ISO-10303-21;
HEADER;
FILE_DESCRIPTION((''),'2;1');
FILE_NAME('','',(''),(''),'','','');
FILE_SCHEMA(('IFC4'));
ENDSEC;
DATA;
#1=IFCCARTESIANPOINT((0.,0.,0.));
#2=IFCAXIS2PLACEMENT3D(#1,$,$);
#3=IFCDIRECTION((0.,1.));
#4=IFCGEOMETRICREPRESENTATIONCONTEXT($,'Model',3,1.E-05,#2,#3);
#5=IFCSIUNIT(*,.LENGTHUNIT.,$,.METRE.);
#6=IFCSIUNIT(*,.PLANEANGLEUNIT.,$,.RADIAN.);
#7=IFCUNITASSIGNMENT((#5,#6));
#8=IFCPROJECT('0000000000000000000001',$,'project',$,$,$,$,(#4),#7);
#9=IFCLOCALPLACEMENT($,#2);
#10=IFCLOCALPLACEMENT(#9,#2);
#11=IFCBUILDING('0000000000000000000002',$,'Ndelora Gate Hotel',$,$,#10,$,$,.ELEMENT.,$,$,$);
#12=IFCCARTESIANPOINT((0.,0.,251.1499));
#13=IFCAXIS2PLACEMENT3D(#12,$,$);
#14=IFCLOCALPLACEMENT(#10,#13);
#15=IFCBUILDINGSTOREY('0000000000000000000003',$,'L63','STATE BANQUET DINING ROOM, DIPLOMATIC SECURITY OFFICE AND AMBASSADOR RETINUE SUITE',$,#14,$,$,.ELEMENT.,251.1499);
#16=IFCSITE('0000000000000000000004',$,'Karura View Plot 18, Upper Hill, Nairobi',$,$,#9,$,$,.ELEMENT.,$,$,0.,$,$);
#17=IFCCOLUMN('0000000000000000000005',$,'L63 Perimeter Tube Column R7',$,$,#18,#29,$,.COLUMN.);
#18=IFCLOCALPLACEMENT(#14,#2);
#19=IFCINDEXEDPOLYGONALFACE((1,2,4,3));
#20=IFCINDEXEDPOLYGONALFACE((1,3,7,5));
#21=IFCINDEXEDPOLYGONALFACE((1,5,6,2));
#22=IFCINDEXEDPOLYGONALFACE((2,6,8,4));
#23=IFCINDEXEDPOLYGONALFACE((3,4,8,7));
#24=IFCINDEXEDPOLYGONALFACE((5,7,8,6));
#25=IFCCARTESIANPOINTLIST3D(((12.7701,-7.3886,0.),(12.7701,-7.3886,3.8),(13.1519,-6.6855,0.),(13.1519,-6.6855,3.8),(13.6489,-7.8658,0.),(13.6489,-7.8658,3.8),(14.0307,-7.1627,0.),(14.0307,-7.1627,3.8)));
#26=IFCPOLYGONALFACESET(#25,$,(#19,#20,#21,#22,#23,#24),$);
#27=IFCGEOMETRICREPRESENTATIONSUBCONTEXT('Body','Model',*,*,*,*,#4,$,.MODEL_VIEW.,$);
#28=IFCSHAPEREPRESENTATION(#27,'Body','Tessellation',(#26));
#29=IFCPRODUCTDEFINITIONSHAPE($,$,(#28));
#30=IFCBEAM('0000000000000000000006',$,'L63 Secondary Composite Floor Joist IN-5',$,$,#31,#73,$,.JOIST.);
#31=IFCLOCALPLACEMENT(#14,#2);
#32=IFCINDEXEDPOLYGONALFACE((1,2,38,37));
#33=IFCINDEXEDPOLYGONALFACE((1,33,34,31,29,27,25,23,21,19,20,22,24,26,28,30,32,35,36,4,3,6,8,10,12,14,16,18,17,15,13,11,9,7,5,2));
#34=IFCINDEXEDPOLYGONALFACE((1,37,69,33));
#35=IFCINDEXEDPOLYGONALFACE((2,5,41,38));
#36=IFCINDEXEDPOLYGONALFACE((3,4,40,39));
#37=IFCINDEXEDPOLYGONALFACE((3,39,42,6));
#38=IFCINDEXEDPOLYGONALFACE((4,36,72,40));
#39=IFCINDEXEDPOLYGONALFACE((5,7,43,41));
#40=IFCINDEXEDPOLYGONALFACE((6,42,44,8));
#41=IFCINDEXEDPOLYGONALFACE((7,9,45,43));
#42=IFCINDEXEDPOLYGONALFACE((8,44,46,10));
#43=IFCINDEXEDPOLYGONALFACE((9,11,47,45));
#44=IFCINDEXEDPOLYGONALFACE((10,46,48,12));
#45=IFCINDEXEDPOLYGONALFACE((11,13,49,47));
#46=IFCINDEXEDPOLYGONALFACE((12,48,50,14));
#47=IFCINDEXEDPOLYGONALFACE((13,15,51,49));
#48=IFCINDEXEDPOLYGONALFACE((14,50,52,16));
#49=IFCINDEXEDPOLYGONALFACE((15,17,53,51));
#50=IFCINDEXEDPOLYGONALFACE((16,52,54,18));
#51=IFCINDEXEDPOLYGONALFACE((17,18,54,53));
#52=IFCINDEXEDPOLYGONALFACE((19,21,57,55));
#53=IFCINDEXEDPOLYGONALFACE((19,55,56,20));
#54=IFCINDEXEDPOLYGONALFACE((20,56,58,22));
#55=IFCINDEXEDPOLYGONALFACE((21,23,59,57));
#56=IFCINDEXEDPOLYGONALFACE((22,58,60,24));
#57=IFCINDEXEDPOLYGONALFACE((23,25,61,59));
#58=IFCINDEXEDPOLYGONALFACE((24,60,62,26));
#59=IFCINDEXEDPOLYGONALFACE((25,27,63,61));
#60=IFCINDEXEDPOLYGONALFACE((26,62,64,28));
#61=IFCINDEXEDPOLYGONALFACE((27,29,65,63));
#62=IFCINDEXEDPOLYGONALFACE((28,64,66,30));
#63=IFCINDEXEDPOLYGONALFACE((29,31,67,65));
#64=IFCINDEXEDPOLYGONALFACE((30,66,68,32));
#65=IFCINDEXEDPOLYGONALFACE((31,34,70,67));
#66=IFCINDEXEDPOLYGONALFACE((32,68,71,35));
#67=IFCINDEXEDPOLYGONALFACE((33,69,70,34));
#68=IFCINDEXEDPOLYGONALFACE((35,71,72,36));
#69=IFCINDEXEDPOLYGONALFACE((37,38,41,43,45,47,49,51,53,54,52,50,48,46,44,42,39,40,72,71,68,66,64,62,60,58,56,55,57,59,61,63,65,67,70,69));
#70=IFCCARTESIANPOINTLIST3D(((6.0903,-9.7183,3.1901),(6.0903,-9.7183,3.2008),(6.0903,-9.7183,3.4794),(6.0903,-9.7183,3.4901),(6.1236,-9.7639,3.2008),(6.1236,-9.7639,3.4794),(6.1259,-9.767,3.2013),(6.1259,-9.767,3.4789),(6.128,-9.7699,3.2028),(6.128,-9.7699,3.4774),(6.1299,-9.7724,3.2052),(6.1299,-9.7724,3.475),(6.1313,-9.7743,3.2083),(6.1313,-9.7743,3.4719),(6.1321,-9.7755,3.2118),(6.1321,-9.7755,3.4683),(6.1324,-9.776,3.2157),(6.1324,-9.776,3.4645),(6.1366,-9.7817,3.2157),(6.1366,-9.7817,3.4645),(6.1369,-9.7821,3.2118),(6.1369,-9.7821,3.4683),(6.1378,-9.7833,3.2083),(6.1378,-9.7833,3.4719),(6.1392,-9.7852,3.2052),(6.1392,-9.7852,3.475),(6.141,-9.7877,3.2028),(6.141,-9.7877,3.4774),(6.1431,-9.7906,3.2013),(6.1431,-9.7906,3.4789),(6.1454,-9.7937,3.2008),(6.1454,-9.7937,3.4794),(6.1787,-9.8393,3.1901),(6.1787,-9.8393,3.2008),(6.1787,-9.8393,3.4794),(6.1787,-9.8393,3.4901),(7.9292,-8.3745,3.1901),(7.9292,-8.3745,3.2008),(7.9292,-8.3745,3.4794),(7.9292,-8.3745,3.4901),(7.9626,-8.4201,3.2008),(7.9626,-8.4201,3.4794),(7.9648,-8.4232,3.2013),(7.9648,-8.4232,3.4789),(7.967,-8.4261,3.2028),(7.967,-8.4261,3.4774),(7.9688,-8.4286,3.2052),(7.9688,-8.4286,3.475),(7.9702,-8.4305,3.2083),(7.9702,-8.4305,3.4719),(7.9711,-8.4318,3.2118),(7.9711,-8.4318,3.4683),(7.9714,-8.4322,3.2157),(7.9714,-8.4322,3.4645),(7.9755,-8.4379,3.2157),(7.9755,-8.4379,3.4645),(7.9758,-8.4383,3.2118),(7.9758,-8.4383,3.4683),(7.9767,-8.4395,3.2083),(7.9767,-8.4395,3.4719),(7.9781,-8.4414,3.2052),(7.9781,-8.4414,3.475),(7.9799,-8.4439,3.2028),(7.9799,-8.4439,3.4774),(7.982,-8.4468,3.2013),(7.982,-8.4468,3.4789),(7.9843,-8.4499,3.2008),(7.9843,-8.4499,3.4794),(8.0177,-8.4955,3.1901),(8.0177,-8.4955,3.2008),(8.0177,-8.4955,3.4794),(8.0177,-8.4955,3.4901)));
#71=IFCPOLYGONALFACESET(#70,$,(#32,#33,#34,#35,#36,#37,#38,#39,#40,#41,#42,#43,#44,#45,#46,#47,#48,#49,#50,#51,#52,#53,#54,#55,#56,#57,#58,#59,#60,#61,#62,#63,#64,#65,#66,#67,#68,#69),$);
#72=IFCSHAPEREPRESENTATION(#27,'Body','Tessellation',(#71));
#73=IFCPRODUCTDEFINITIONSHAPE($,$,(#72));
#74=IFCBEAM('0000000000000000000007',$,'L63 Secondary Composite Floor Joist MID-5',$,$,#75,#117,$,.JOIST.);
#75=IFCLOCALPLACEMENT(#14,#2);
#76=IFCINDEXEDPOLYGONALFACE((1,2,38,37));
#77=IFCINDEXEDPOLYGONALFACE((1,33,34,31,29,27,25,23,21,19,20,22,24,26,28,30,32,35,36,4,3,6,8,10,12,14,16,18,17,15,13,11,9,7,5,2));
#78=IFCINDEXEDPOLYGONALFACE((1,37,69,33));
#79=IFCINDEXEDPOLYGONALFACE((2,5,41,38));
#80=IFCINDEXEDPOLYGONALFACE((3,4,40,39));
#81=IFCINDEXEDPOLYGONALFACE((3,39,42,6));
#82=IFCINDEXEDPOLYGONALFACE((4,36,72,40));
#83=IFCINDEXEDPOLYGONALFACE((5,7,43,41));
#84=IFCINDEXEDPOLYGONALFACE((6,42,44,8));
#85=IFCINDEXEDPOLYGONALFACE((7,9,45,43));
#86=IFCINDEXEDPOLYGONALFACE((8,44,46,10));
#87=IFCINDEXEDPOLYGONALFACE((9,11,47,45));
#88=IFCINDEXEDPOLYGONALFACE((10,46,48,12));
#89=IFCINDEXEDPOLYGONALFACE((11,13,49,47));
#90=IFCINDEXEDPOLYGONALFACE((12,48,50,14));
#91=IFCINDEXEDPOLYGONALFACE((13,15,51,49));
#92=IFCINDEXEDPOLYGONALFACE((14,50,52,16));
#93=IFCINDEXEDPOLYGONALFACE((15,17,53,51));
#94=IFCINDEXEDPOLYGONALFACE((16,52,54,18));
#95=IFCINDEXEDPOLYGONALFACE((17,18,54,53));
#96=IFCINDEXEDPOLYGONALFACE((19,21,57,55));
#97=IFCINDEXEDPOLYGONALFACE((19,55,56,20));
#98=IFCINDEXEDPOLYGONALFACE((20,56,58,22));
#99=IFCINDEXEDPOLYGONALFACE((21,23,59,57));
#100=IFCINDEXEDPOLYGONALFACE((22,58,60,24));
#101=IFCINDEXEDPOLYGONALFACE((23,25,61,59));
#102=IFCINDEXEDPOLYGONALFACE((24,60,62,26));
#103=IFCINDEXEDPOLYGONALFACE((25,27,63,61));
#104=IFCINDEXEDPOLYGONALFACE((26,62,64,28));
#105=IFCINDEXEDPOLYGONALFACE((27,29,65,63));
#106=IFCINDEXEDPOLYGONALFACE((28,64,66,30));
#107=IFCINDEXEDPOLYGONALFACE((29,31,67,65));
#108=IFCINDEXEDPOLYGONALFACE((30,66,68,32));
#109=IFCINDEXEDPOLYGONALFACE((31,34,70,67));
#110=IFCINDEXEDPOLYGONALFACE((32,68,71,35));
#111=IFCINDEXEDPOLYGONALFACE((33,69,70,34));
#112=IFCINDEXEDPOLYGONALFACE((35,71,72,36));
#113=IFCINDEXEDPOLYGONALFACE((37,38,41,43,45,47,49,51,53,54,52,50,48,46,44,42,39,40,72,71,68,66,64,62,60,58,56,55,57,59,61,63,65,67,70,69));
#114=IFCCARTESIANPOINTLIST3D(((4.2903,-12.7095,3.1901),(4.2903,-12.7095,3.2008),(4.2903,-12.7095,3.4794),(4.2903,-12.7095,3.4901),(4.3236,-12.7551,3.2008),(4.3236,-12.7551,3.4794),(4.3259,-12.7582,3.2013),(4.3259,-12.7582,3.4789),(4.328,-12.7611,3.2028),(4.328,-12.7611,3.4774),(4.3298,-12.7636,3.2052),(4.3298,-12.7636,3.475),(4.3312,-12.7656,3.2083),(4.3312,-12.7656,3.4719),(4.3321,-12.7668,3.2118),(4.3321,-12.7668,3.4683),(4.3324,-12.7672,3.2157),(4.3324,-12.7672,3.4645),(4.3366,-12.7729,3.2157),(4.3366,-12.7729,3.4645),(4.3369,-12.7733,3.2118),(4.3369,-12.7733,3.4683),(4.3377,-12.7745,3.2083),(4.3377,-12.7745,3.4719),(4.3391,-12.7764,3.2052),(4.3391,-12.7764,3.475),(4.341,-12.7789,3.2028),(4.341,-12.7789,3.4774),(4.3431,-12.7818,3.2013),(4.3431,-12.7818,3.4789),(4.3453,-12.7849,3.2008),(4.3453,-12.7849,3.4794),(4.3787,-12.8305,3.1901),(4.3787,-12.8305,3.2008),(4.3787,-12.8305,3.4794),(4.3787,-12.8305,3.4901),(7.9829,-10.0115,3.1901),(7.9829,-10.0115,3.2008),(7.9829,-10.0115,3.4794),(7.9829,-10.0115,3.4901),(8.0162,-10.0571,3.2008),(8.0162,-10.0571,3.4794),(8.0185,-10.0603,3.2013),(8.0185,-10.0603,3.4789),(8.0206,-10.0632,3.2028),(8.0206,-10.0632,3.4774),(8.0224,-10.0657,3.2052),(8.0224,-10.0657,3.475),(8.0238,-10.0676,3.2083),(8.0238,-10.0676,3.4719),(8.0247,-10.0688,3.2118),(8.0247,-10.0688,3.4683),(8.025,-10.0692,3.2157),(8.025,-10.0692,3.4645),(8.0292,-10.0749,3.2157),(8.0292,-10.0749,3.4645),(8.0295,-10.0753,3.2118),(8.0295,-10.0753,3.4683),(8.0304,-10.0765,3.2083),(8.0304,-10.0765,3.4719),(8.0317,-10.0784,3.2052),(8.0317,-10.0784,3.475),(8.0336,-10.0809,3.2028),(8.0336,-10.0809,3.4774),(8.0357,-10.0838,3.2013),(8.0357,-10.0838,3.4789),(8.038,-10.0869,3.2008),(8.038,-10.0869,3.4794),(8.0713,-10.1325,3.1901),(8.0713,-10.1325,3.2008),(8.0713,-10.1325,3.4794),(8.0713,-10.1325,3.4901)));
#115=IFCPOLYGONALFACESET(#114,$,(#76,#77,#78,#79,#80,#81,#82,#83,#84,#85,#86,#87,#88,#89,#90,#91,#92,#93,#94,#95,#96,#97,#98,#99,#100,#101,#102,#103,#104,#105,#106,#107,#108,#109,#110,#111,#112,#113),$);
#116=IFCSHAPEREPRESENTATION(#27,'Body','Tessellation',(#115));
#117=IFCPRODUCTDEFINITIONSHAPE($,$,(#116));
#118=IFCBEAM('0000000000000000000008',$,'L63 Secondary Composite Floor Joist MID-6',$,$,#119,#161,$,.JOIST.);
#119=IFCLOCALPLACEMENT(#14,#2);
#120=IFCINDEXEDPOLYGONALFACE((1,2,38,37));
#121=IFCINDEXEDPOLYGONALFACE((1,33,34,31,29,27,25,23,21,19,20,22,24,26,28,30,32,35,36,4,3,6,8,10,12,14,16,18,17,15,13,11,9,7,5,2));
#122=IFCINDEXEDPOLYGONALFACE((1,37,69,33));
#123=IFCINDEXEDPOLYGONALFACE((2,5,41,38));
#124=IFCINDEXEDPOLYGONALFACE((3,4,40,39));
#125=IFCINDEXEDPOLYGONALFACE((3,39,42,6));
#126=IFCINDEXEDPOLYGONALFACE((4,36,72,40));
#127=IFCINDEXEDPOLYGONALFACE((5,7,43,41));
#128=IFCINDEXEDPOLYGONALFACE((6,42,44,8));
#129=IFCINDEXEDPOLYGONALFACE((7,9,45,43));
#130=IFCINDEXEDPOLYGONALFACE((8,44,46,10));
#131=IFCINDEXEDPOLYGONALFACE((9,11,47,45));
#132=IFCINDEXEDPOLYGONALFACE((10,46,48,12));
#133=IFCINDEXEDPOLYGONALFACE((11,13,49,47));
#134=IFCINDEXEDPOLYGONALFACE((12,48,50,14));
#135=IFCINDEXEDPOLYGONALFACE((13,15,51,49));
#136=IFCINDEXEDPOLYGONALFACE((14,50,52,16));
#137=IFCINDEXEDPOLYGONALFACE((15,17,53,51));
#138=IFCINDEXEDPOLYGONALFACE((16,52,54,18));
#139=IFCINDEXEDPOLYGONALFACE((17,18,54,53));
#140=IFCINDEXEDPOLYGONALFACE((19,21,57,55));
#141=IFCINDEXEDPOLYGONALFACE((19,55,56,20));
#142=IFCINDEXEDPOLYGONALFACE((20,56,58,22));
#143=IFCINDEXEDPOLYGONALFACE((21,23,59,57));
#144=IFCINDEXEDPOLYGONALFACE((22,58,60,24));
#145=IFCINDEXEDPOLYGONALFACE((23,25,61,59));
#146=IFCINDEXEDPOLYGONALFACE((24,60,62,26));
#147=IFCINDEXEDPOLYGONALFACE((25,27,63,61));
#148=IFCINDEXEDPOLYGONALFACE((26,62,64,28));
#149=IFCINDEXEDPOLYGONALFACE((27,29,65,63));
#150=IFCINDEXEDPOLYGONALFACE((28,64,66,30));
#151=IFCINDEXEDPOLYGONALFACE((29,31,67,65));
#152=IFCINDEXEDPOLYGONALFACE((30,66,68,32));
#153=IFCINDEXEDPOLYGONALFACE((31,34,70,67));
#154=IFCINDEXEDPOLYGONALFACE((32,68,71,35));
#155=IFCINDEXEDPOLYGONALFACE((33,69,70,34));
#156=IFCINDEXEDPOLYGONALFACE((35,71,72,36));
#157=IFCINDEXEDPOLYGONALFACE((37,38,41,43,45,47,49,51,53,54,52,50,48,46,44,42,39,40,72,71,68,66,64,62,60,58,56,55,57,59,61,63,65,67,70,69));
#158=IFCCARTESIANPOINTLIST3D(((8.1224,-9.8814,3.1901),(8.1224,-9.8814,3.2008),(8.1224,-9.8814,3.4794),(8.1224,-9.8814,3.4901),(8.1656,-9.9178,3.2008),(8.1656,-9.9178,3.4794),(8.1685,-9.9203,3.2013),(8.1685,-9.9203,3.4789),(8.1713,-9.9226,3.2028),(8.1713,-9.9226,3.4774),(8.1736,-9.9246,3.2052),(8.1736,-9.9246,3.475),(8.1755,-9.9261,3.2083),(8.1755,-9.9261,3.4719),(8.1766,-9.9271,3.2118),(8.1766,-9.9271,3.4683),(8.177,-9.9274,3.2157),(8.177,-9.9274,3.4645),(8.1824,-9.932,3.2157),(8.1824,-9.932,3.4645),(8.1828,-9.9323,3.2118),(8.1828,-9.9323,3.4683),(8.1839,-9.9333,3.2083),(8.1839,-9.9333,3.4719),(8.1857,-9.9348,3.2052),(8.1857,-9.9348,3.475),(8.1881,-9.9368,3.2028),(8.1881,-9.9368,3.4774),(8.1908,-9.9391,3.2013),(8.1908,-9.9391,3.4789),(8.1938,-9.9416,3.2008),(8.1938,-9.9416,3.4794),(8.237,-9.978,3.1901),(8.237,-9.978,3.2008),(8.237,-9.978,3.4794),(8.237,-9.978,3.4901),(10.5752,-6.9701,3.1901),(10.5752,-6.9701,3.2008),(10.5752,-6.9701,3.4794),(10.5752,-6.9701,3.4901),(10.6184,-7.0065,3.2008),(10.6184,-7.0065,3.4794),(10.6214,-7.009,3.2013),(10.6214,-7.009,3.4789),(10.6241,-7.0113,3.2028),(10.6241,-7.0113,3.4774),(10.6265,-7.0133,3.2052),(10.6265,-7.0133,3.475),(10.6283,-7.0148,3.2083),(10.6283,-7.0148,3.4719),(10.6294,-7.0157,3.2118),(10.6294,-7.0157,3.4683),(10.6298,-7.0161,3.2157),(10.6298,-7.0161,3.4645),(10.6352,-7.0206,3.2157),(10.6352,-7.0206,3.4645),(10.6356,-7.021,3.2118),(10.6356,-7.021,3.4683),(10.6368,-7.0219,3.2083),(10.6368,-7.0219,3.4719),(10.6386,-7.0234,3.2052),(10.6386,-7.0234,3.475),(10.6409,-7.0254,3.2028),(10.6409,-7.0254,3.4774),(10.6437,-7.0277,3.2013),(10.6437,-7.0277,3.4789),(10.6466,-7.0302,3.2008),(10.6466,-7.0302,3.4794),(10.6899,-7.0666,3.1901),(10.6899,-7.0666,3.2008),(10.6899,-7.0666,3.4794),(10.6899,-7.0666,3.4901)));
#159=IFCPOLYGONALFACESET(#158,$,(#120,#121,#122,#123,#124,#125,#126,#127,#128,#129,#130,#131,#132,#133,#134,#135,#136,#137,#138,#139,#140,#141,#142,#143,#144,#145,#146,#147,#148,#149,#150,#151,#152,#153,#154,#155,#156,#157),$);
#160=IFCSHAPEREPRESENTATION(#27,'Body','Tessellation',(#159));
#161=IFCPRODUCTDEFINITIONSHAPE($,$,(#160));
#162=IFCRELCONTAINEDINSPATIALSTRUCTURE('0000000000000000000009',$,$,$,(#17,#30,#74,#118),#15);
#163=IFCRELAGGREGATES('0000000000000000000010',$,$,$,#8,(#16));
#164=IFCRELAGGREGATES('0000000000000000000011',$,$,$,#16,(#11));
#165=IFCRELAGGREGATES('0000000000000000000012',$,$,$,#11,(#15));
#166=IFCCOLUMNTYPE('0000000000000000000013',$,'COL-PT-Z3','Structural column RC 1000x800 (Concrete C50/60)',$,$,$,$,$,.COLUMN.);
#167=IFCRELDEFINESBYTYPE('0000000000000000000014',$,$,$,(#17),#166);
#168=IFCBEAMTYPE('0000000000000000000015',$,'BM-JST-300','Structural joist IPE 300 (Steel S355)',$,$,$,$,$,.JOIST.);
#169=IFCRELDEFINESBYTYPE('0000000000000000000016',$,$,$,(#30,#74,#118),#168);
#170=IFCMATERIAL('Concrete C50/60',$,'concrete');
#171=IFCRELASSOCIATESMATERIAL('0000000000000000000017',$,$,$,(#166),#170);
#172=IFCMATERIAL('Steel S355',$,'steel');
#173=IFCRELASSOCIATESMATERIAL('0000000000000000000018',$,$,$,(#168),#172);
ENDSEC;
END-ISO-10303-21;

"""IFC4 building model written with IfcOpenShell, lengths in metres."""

from ifc_helpers import new_model, si_unit, direction, frame, origin, origin_2d, place, context, subcontext, project, spatial, rectangle, i_section, extrude, material, material_profile, profile_set, type_object, element, save


model = new_model("IFC4")

# Units and contexts
model_context = context("Model", 3, precision=1e-05, world=origin(), true_north=direction((0.0, 1.0)))
body_context = subcontext(model_context, "Body", "Model", "MODEL_VIEW")
ifc_project = project(units=[si_unit("LENGTHUNIT", "METRE"), si_unit("PLANEANGLEUNIT", "RADIAN")], contexts=[model_context])

# Site, building, storey
site_placement = place(None, origin())
site = spatial("IfcSite", under=ifc_project, at=site_placement, Name="Karura View Plot 18, Upper Hill, Nairobi", CompositionType="ELEMENT", RefElevation=0.0)
building_placement = place(site_placement, origin())
building = spatial("IfcBuilding", under=site, at=building_placement, Name="Ndelora Gate Hotel", CompositionType="ELEMENT")
storey_placement = place(building_placement, frame((0.0, 0.0, 251.1499)))
storey = spatial("IfcBuildingStorey", under=building, at=storey_placement, Name="L63", Description="STATE BANQUET DINING ROOM, DIPLOMATIC SECURITY OFFICE AND AMBASSADOR RETINUE SUITE", CompositionType="ELEMENT", Elevation=251.1499)

# Column
ifc_material_1 = material(Name="Concrete C50/60", Category="concrete")
ifc_material_profile_1 = material_profile(ifc_material_1, rectangle(XDim=0.8, YDim=1.0, at=origin_2d()), Name="RC 1000x800")
ifc_profile_set_1 = profile_set([ifc_material_profile_1], Name="Concrete C50/60")
column_type = type_object("IfcColumnType", Name="COL-PT-Z3", Description="Structural column RC 1000x800 (Concrete C50/60)", PredefinedType="COLUMN", material=ifc_profile_set_1)
column_placement = place(storey_placement, frame((13.4004, -7.2756, 0.0), z_axis=(0.0, 0.0, 1.0), x_axis=(0.477159, 0.878817, 0.0)))
element("IfcColumn", 1, at=column_placement, inside=storey, type_object=column_type, Name="L63 Perimeter Tube Column R7", PredefinedType="COLUMN", context=body_context, shape_type="SweptSolid", body=[
    extrude(rectangle(XDim=0.8, YDim=1.0, at=origin_2d()), origin(), (0.0, 0.0, 1.0), 3.8),
])

# Beams
ifc_material_2 = material(Name="Steel S355", Category="steel")
ifc_material_profile_2 = material_profile(ifc_material_2, i_section(OverallWidth=0.1499, OverallDepth=0.3, WebThickness=0.0071, FlangeThickness=0.0107, FilletRadius=0.0149, at=origin_2d()), Name="IPE 300")
ifc_profile_set_2 = profile_set([ifc_material_profile_2], Name="Steel S355")
beam_type_1 = type_object("IfcBeamType", Name="BM-JST-300", Description="Structural joist IPE 300 (Steel S355)", PredefinedType="JOIST", material=ifc_profile_set_2)
beam_1_placement = place(storey_placement, frame((6.1345, -9.7788, 3.3401), z_axis=(0.807399, 0.590006, 0.0), x_axis=(-0.590006, 0.807399, 0.0)))
element("IfcBeam", 2, at=beam_1_placement, inside=storey, type_object=beam_type_1, Name="L63 Secondary Composite Floor Joist IN-5", PredefinedType="JOIST", context=body_context, shape_type="SweptSolid", body=[
    extrude(i_section(OverallWidth=0.1499, OverallDepth=0.3, WebThickness=0.0071, FlangeThickness=0.0107, FilletRadius=0.0149, at=origin_2d()), origin(), (0.0, 0.0, 1.0), 2.2776),
])
beam_2_placement = place(storey_placement, frame((4.3345, -12.77, 3.3401), z_axis=(0.807439, 0.589951, 0.0), x_axis=(-0.589951, 0.807439, 0.0)))
element("IfcBeam", 3, at=beam_2_placement, inside=storey, type_object=beam_type_1, Name="L63 Secondary Composite Floor Joist MID-5", PredefinedType="JOIST", context=body_context, shape_type="SweptSolid", body=[
    extrude(i_section(OverallWidth=0.1499, OverallDepth=0.3, WebThickness=0.0071, FlangeThickness=0.0107, FilletRadius=0.0149, at=origin_2d()), origin(), (0.0, 0.0, 1.0), 4.5732),
])
beam_3_placement = place(storey_placement, frame((8.1797, -9.9297, 3.3401), z_axis=(0.644319, 0.764757, 0.0), x_axis=(-0.764757, 0.644319, 0.0)))
element("IfcBeam", 4, at=beam_3_placement, inside=storey, type_object=beam_type_1, Name="L63 Secondary Composite Floor Joist MID-6", PredefinedType="JOIST", context=body_context, shape_type="SweptSolid", body=[
    extrude(i_section(OverallWidth=0.1499, OverallDepth=0.3, WebThickness=0.0071, FlangeThickness=0.0107, FilletRadius=0.0149, at=origin_2d()), origin(), (0.0, 0.0, 1.0), 3.8069),
])

save(model, "model.ifc")
